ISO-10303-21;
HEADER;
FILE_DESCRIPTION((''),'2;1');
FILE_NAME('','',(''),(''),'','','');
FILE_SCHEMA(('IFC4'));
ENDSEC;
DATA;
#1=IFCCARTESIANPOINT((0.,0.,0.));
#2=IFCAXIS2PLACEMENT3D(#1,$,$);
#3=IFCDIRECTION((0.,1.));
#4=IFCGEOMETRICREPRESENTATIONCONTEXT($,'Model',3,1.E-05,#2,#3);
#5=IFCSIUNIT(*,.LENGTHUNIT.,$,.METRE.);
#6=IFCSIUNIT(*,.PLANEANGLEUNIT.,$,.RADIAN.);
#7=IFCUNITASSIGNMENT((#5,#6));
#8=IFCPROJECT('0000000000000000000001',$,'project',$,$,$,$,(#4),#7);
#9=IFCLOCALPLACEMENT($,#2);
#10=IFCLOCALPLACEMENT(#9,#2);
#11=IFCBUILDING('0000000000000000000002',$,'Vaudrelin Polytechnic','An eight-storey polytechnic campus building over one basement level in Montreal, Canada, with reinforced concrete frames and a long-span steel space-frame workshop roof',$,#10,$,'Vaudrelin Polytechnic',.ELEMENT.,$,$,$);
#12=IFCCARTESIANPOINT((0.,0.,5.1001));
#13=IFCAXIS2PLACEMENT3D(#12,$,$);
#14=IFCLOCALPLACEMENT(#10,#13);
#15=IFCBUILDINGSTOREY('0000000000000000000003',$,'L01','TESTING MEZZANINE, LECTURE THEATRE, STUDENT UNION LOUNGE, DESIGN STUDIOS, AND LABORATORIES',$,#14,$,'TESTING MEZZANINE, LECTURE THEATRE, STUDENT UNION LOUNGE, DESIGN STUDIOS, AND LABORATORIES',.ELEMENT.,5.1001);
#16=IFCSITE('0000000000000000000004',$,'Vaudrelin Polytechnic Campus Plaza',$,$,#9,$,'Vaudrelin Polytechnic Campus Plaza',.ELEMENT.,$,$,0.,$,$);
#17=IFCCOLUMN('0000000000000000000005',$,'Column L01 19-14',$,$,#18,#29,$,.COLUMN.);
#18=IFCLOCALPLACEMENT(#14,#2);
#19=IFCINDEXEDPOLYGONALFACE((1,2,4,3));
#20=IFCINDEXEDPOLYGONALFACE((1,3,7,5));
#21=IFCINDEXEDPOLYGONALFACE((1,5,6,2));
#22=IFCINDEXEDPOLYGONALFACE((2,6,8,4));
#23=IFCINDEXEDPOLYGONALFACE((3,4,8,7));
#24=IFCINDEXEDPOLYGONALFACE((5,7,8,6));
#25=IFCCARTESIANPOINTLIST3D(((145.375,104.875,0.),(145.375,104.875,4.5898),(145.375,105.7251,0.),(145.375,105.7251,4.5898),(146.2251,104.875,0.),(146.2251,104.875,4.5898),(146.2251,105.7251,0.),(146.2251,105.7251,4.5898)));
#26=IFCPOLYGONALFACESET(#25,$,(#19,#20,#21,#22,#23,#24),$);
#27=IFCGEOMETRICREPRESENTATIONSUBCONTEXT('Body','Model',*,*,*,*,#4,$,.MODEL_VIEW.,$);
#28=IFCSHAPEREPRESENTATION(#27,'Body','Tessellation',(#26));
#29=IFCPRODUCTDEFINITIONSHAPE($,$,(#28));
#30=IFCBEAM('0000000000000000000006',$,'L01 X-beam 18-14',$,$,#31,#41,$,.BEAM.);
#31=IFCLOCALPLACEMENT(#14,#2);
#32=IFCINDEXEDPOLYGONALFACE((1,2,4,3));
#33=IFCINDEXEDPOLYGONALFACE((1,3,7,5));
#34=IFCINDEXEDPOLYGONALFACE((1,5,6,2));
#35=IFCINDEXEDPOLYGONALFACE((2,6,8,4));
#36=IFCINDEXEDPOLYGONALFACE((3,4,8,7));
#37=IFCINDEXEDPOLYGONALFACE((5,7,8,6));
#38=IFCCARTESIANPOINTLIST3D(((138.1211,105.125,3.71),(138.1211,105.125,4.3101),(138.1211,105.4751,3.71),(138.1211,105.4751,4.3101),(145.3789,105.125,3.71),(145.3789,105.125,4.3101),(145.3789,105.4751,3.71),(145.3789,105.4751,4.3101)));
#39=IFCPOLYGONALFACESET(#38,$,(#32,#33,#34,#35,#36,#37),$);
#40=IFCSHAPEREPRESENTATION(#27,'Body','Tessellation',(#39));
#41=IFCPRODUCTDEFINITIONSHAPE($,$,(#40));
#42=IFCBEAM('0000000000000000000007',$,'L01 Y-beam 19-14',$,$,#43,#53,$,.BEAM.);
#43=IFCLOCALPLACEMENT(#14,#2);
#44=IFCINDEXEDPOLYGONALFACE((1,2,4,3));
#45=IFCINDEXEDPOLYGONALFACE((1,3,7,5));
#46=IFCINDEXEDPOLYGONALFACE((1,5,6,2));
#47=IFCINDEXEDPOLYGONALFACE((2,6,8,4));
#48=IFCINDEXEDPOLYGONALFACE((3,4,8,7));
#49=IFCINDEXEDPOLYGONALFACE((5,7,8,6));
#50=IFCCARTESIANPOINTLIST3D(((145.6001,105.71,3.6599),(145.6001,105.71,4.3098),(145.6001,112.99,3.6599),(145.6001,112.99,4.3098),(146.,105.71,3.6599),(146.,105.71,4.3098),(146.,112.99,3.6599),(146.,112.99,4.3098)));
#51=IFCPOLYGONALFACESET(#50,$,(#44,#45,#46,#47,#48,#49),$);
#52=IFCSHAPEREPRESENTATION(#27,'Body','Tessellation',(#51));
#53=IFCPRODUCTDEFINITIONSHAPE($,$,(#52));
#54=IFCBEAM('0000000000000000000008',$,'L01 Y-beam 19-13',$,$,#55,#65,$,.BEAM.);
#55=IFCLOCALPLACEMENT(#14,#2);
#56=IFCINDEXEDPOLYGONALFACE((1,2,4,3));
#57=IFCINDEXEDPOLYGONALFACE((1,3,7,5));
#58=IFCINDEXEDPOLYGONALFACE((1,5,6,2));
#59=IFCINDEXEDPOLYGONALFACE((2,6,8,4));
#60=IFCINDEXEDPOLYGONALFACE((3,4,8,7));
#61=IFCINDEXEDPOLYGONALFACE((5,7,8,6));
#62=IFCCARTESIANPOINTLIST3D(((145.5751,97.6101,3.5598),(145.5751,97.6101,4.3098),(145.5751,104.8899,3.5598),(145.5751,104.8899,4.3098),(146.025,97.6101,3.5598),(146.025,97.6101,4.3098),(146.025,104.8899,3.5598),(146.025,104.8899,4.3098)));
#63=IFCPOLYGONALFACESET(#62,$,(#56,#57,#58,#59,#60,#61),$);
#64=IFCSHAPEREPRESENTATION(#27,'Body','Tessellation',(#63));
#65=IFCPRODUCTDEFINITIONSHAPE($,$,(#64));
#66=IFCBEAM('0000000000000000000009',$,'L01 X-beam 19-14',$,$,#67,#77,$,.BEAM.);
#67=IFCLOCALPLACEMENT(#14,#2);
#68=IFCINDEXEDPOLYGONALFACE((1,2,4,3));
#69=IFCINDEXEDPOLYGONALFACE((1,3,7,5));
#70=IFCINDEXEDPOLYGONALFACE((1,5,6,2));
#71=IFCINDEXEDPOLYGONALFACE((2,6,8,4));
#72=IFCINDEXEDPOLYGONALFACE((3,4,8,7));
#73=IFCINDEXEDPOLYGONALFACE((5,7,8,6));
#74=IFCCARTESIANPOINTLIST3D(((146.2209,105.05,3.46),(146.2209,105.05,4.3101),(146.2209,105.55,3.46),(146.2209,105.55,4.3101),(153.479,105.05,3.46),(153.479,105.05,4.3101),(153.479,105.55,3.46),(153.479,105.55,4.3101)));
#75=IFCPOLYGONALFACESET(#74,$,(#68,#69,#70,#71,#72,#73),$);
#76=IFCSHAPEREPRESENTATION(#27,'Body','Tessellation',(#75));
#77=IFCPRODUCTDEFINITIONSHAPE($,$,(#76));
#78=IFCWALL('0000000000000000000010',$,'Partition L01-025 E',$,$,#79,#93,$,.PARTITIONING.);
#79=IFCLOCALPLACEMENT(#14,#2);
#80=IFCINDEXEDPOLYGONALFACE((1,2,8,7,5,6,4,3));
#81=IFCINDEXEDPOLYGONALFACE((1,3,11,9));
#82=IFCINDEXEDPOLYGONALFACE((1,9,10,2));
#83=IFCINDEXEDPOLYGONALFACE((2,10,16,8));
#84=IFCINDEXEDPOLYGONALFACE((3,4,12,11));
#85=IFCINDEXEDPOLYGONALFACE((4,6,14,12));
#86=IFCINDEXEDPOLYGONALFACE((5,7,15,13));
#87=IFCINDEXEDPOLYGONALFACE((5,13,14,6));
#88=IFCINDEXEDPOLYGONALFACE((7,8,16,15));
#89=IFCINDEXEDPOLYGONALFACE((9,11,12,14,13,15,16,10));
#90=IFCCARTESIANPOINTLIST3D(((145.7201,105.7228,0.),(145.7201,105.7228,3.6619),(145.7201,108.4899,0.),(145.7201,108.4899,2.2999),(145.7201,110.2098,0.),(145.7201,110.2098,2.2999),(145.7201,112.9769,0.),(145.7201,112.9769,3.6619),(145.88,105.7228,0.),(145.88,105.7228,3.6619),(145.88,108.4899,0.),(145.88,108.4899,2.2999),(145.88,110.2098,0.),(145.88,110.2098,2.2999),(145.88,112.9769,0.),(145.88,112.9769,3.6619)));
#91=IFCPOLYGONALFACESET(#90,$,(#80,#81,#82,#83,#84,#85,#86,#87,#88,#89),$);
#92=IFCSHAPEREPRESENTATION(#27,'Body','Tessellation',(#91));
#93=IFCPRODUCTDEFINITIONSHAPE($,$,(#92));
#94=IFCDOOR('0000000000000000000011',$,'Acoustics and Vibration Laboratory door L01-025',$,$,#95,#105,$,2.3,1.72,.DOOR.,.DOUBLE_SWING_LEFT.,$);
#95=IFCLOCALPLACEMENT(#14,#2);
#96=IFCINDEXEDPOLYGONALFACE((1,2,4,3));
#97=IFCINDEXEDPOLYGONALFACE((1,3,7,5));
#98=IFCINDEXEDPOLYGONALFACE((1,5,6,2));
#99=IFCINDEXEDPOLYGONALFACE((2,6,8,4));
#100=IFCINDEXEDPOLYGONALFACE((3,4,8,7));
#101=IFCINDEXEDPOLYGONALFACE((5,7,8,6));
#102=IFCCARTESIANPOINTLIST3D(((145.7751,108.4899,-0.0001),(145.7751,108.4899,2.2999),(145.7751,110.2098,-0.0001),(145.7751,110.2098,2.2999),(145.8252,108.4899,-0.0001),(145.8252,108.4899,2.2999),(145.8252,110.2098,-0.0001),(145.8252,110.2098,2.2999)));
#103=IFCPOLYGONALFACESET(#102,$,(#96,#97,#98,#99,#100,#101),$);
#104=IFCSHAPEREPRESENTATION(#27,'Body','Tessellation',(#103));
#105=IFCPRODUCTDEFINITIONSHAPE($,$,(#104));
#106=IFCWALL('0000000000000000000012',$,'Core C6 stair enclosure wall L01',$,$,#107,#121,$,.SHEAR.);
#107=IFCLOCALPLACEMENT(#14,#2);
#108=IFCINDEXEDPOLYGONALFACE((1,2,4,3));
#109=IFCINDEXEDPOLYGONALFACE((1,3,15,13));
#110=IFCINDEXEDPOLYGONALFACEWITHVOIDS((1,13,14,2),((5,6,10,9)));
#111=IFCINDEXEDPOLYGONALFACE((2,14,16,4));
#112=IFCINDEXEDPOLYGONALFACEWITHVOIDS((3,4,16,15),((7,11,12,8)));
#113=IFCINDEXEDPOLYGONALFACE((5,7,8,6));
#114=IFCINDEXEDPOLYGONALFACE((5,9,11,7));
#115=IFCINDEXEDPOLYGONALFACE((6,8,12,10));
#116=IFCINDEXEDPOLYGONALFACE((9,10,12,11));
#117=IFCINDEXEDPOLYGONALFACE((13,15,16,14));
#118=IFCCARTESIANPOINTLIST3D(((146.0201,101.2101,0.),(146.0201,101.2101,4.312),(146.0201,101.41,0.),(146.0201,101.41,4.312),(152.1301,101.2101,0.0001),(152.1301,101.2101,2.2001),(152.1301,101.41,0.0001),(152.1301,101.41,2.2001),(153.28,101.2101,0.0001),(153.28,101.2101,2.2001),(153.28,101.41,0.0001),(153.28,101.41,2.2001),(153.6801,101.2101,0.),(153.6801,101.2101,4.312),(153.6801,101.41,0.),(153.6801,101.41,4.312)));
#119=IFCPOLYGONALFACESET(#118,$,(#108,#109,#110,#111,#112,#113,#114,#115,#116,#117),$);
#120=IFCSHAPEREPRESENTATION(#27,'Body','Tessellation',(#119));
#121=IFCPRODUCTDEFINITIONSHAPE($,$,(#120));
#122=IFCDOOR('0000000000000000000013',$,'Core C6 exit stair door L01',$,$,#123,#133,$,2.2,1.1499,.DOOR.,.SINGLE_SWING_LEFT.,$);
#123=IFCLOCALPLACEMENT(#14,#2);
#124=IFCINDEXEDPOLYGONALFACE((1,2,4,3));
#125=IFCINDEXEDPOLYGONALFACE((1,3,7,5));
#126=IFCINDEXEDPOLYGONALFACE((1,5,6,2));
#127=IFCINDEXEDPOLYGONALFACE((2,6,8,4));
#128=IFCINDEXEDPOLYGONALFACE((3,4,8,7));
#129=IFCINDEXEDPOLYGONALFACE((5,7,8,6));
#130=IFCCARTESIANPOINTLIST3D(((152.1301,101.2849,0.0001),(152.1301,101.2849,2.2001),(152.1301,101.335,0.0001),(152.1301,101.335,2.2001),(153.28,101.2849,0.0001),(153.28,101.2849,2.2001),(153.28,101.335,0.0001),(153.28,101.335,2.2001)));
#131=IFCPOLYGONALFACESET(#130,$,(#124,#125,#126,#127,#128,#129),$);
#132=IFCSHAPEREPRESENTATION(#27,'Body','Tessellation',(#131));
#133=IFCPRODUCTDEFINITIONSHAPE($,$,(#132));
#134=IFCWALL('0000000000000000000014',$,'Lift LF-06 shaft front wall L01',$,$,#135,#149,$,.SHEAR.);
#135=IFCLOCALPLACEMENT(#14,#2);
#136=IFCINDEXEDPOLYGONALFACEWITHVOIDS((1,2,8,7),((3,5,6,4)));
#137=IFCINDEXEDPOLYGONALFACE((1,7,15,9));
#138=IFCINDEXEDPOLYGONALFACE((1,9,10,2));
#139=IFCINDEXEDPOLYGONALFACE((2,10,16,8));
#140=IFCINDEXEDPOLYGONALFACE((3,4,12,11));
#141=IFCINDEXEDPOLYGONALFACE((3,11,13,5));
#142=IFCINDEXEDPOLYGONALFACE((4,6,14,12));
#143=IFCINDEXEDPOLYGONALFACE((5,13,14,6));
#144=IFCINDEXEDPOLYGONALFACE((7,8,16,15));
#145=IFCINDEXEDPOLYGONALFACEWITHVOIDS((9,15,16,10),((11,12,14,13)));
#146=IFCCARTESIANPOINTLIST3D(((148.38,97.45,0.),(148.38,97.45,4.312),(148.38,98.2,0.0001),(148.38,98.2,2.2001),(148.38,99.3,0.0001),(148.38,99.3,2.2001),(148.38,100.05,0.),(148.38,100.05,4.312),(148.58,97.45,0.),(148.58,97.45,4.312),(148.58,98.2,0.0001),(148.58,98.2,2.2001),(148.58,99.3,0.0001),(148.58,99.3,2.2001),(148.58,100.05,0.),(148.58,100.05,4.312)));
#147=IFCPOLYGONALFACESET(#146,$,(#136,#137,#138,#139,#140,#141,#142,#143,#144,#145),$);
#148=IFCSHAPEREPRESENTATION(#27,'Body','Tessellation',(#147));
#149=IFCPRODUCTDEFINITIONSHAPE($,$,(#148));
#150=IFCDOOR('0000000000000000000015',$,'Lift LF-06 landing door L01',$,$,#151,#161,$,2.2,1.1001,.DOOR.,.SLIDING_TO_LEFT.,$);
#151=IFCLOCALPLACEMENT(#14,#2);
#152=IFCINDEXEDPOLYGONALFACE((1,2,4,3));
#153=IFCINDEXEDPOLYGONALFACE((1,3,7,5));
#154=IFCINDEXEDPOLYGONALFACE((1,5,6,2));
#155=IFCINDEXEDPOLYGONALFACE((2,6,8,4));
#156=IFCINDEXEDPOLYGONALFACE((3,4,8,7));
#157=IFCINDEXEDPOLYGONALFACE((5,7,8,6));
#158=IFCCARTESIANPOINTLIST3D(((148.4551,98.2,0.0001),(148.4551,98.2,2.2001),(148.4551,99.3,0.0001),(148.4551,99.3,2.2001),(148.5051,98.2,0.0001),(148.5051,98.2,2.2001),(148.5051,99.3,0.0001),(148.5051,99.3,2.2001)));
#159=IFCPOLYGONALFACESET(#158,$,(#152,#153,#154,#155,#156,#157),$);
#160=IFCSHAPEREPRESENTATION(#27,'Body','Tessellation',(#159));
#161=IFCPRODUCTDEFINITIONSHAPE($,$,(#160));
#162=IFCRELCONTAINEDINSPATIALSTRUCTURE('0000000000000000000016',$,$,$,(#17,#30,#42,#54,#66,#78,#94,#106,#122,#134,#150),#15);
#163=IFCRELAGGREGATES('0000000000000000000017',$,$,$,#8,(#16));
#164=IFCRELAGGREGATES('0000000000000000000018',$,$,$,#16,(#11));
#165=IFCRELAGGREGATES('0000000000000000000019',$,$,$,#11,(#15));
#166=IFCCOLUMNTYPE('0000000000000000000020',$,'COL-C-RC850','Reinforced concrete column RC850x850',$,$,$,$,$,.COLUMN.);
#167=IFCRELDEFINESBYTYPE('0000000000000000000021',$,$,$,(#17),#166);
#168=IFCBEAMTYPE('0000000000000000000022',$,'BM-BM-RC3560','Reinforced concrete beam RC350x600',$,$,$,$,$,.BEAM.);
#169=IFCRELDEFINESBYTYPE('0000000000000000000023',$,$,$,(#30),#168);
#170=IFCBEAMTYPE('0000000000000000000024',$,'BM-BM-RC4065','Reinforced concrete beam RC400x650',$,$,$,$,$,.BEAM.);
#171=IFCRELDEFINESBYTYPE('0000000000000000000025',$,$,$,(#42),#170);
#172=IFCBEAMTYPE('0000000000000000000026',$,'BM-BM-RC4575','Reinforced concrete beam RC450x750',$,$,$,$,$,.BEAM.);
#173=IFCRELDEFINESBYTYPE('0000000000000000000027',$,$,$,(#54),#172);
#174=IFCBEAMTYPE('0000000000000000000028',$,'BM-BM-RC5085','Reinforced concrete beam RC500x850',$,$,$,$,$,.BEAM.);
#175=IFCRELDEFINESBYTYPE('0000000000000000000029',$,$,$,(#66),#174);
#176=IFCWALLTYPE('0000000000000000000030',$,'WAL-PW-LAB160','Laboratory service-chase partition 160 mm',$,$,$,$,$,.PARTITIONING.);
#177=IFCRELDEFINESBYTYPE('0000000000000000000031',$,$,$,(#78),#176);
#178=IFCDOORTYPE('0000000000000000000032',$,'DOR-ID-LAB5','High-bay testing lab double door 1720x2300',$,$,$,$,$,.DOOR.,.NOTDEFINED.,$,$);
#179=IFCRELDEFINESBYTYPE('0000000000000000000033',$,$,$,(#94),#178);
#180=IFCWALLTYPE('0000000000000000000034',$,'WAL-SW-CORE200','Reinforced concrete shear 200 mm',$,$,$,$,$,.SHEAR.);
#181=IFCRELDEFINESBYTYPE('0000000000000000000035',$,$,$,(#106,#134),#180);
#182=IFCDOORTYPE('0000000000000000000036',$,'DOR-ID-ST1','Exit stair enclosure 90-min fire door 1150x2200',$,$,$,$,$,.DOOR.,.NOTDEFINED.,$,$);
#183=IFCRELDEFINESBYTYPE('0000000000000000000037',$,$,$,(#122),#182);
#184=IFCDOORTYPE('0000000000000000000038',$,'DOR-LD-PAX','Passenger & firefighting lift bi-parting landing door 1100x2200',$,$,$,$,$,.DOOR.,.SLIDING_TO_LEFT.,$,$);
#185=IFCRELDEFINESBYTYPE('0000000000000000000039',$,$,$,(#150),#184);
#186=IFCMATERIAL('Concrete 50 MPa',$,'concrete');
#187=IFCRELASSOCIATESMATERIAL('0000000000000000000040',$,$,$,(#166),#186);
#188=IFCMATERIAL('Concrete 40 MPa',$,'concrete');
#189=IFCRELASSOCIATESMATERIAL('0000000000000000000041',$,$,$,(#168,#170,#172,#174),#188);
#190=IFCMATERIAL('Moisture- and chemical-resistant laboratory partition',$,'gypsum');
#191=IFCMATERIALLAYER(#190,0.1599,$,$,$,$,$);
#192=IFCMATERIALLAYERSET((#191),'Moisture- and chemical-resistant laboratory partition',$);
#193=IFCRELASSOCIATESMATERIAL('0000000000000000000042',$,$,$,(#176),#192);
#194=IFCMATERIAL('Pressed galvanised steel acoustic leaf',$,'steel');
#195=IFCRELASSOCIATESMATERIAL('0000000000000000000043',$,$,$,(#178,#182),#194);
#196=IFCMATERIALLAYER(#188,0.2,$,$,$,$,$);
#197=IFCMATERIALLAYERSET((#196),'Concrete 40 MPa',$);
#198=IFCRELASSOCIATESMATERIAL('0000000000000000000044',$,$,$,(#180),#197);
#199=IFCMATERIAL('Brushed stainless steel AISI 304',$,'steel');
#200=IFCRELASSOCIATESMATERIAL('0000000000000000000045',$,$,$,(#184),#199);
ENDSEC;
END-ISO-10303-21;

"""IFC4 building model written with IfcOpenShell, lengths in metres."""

from ifc_helpers import new_model, si_unit, direction, frame, frame_2d, origin, origin_2d, place, context, subcontext, project, spatial, rectangle, extrude, material, layer, layer_set, material_profile, profile_set, type_object, element, fill, save


model = new_model("IFC4")

# Units and contexts
model_context = context("Model", 3, precision=1e-05, world=origin(), true_north=direction((0.0, 1.0)))
body_context = subcontext(model_context, "Body", "Model", "MODEL_VIEW")
ifc_project = project(units=[si_unit("LENGTHUNIT", "METRE"), si_unit("PLANEANGLEUNIT", "RADIAN")], contexts=[model_context])

# Site, building, storey
site_placement = place(None, origin())
site = spatial("IfcSite", under=ifc_project, at=site_placement, Name="Vaudrelin Polytechnic Campus Plaza", LongName="Vaudrelin Polytechnic Campus Plaza", CompositionType="ELEMENT", RefElevation=0.0)
building_placement = place(site_placement, origin())
building = spatial("IfcBuilding", under=site, at=building_placement, Name="Vaudrelin Polytechnic", Description="An eight-storey polytechnic campus building over one basement level in Montreal, Canada, with reinforced concrete frames and a long-span steel space-frame workshop roof", LongName="Vaudrelin Polytechnic", CompositionType="ELEMENT")
storey_placement = place(building_placement, frame((0.0, 0.0, 5.1001)))
storey = spatial("IfcBuildingStorey", under=building, at=storey_placement, Name="L01", Description="TESTING MEZZANINE, LECTURE THEATRE, STUDENT UNION LOUNGE, DESIGN STUDIOS, AND LABORATORIES", LongName="TESTING MEZZANINE, LECTURE THEATRE, STUDENT UNION LOUNGE, DESIGN STUDIOS, AND LABORATORIES", CompositionType="ELEMENT", Elevation=5.1001)

# Column
ifc_material_1 = material(Name="Concrete 50 MPa", Category="concrete")
ifc_material_profile_1 = material_profile(ifc_material_1, rectangle(XDim=0.8501, YDim=0.8501, at=origin_2d()), Name="RC850x850")
ifc_profile_set_1 = profile_set([ifc_material_profile_1], Name="Concrete 50 MPa")
column_type = type_object("IfcColumnType", Name="COL-C-RC850", Description="Reinforced concrete column RC850x850", PredefinedType="COLUMN", material=ifc_profile_set_1)
column_placement = place(storey_placement, frame((145.8, 105.3, 0.0), z_axis=(0.0, 0.0, 1.0), x_axis=(1.0, 0.0, 0.0)))
element("IfcColumn", 1, at=column_placement, inside=storey, type_object=column_type, Name="Column L01 19-14", PredefinedType="COLUMN", context=body_context, shape_type="SweptSolid", body=[
    extrude(rectangle(XDim=0.8501, YDim=0.8501, at=origin_2d()), origin(), (0.0, 0.0, 1.0), 4.5898),
])

# Beams
ifc_material_2 = material(Name="Concrete 40 MPa", Category="concrete")
ifc_material_profile_2 = material_profile(ifc_material_2, rectangle(XDim=0.3501, YDim=0.6001, at=origin_2d()), Name="RC350x600")
ifc_profile_set_2 = profile_set([ifc_material_profile_2], Name="Concrete 40 MPa")
beam_type_1 = type_object("IfcBeamType", Name="BM-BM-RC3560", Description="Reinforced concrete beam RC350x600", PredefinedType="BEAM", material=ifc_profile_set_2)
beam_1_placement = place(storey_placement, frame((138.1211, 105.3, 4.01), z_axis=(1.0, 0.0, 0.0), x_axis=(0.0, 1.0, 0.0)))
element("IfcBeam", 2, at=beam_1_placement, inside=storey, type_object=beam_type_1, Name="L01 X-beam 18-14", PredefinedType="BEAM", context=body_context, shape_type="SweptSolid", body=[
    extrude(rectangle(XDim=0.3501, YDim=0.6001, at=origin_2d()), origin(), (0.0, 0.0, 1.0), 7.2578),
])
ifc_material_profile_3 = material_profile(ifc_material_2, rectangle(XDim=0.3999, YDim=0.6499, at=origin_2d()), Name="RC400x650")
ifc_profile_set_3 = profile_set([ifc_material_profile_3], Name="Concrete 40 MPa")
beam_type_2 = type_object("IfcBeamType", Name="BM-BM-RC4065", Description="Reinforced concrete beam RC400x650", PredefinedType="BEAM", material=ifc_profile_set_3)
beam_2_placement = place(storey_placement, frame((145.8, 105.71, 3.9849), z_axis=(0.0, 1.0, 0.0), x_axis=(-1.0, 0.0, 0.0)))
element("IfcBeam", 3, at=beam_2_placement, inside=storey, type_object=beam_type_2, Name="L01 Y-beam 19-14", PredefinedType="BEAM", context=body_context, shape_type="SweptSolid", body=[
    extrude(rectangle(XDim=0.3999, YDim=0.6499, at=origin_2d()), origin(), (0.0, 0.0, 1.0), 7.28),
])
ifc_material_profile_4 = material_profile(ifc_material_2, rectangle(XDim=0.45, YDim=0.75, at=origin_2d()), Name="RC450x750")
ifc_profile_set_4 = profile_set([ifc_material_profile_4], Name="Concrete 40 MPa")
beam_type_3 = type_object("IfcBeamType", Name="BM-BM-RC4575", Description="Reinforced concrete beam RC450x750", PredefinedType="BEAM", material=ifc_profile_set_4)
beam_3_placement = place(storey_placement, frame((145.8, 97.6101, 3.9348), z_axis=(0.0, 1.0, 0.0), x_axis=(-1.0, 0.0, 0.0)))
element("IfcBeam", 4, at=beam_3_placement, inside=storey, type_object=beam_type_3, Name="L01 Y-beam 19-13", PredefinedType="BEAM", context=body_context, shape_type="SweptSolid", body=[
    extrude(rectangle(XDim=0.45, YDim=0.75, at=origin_2d()), origin(), (0.0, 0.0, 1.0), 7.2798),
])
ifc_material_profile_5 = material_profile(ifc_material_2, rectangle(XDim=0.5, YDim=0.8501, at=origin_2d()), Name="RC500x850")
ifc_profile_set_5 = profile_set([ifc_material_profile_5], Name="Concrete 40 MPa")
beam_type_4 = type_object("IfcBeamType", Name="BM-BM-RC5085", Description="Reinforced concrete beam RC500x850", PredefinedType="BEAM", material=ifc_profile_set_5)
beam_4_placement = place(storey_placement, frame((146.2209, 105.3, 3.885), z_axis=(1.0, 0.0, 0.0), x_axis=(0.0, 1.0, 0.0)))
element("IfcBeam", 5, at=beam_4_placement, inside=storey, type_object=beam_type_4, Name="L01 X-beam 19-14", PredefinedType="BEAM", context=body_context, shape_type="SweptSolid", body=[
    extrude(rectangle(XDim=0.5, YDim=0.8501, at=origin_2d()), origin(), (0.0, 0.0, 1.0), 7.2581),
])

# Walls, openings, doors
ifc_material_3 = material(Name="Pressed galvanised steel acoustic leaf", Category="steel")
ifc_material_4 = material(Name="Moisture- and chemical-resistant laboratory partition", Category="gypsum")
ifc_layer_1 = layer(ifc_material_4, 0.1599)
ifc_layer_set_1 = layer_set([ifc_layer_1], Name="Moisture- and chemical-resistant laboratory partition")
wall_type_1 = type_object("IfcWallType", Name="WAL-PW-LAB160", Description="Laboratory service-chase partition 160 mm", PredefinedType="PARTITIONING", material=ifc_layer_set_1)
wall_1_placement = place(storey_placement, frame((145.8, 105.7229, 0.0), z_axis=(0.0, 0.0, 1.0), x_axis=(0.0, 1.0, 0.0)))
wall_1 = element("IfcWall", 6, at=wall_1_placement, inside=storey, type_object=wall_type_1, Name="Partition L01-025 E", PredefinedType="PARTITIONING", context=body_context, shape_type="SweptSolid", body=[
    extrude(rectangle(XDim=7.2542, YDim=0.1599, at=frame_2d((3.627, 0.0))), origin(), (0.0, 0.0, 1.0), 3.6619),
])
opening_1_placement = place(wall_1_placement, frame((2.7671, 0.0, 0.0)))
opening_1 = element("IfcOpeningElement", 7, at=opening_1_placement, cuts=wall_1, PredefinedType="OPENING", context=body_context, shape_type="SweptSolid", body=[
    extrude(rectangle(XDim=1.72, YDim=2.3, at=frame_2d((0.8599, 1.1499))), frame((0.0, 0.0898, 0.0), z_axis=(0.0, -1.0, 0.0), x_axis=(1.0, 0.0, 0.0)), (0.0, 0.0, 1.0), 0.1799),
])
door_type_1 = type_object("IfcDoorType", Name="DOR-ID-LAB5", Description="High-bay testing lab double door 1720x2300", OperationType="NOTDEFINED", PredefinedType="DOOR", material=ifc_material_3)
door_1_placement = place(opening_1_placement, origin())
door_1 = element("IfcDoor", 8, at=door_1_placement, inside=storey, type_object=door_type_1, Name="Acoustics and Vibration Laboratory door L01-025", OperationType="DOUBLE_SWING_LEFT", OverallHeight=2.3, OverallWidth=1.72, PredefinedType="DOOR", context=body_context, shape_type="SweptSolid", body=[
    extrude(rectangle(XDim=1.72, YDim=2.3, at=frame_2d((0.8599, 1.1499))), frame((0.0, 0.0249, 0.0), z_axis=(0.0, -1.0, 0.0), x_axis=(1.0, 0.0, 0.0)), (0.0, 0.0, 1.0), 0.05),
])
fill(opening_1, door_1)
ifc_layer_2 = layer(ifc_material_2, 0.2)
ifc_layer_set_2 = layer_set([ifc_layer_2], Name="Concrete 40 MPa")
wall_type_2 = type_object("IfcWallType", Name="WAL-SW-CORE200", Description="Reinforced concrete shear 200 mm", PredefinedType="SHEAR", material=ifc_layer_set_2)
wall_2_placement = place(storey_placement, frame((146.02, 101.3101, 0.0), z_axis=(0.0, 0.0, 1.0), x_axis=(1.0, 0.0, 0.0)))
wall_2 = element("IfcWall", 9, at=wall_2_placement, inside=storey, type_object=wall_type_2, Name="Core C6 stair enclosure wall L01", PredefinedType="SHEAR", context=body_context, shape_type="SweptSolid", body=[
    extrude(rectangle(XDim=7.6599, YDim=0.2, at=frame_2d((3.8301, 0.0))), origin(), (0.0, 0.0, 1.0), 4.312),
])
opening_2_placement = place(wall_2_placement, frame((6.1101, 0.0, 0.0)))
opening_2 = element("IfcOpeningElement", 10, at=opening_2_placement, cuts=wall_2, PredefinedType="OPENING", context=body_context, shape_type="SweptSolid", body=[
    extrude(rectangle(XDim=1.1499, YDim=2.2, at=frame_2d((0.575, 1.1001))), frame((0.0, 0.1099, 0.0), z_axis=(0.0, -1.0, 0.0), x_axis=(1.0, 0.0, 0.0)), (0.0, 0.0, 1.0), 0.22),
])
door_type_2 = type_object("IfcDoorType", Name="DOR-ID-ST1", Description="Exit stair enclosure 90-min fire door 1150x2200", OperationType="NOTDEFINED", PredefinedType="DOOR", material=ifc_material_3)
door_2_placement = place(opening_2_placement, origin())
door_2 = element("IfcDoor", 11, at=door_2_placement, inside=storey, type_object=door_type_2, Name="Core C6 exit stair door L01", OperationType="SINGLE_SWING_LEFT", OverallHeight=2.2, OverallWidth=1.1499, PredefinedType="DOOR", context=body_context, shape_type="SweptSolid", body=[
    extrude(rectangle(XDim=1.1499, YDim=2.2, at=frame_2d((0.575, 1.1001))), frame((0.0, 0.0249, 0.0), z_axis=(0.0, -1.0, 0.0), x_axis=(1.0, 0.0, 0.0)), (0.0, 0.0, 1.0), 0.05),
])
fill(opening_2, door_2)
wall_3_placement = place(storey_placement, frame((148.48, 97.45, 0.0), z_axis=(0.0, 0.0, 1.0), x_axis=(0.0, 1.0, 0.0)))
wall_3 = element("IfcWall", 12, at=wall_3_placement, inside=storey, type_object=wall_type_2, Name="Lift LF-06 shaft front wall L01", PredefinedType="SHEAR", context=body_context, shape_type="SweptSolid", body=[
    extrude(rectangle(XDim=2.6001, YDim=0.2, at=frame_2d((1.3, 0.0))), origin(), (0.0, 0.0, 1.0), 4.312),
])
opening_3_placement = place(wall_3_placement, frame((0.75, 0.0, 0.0)))
opening_3 = element("IfcOpeningElement", 13, at=opening_3_placement, cuts=wall_3, PredefinedType="OPENING", context=body_context, shape_type="SweptSolid", body=[
    extrude(rectangle(XDim=1.1001, YDim=2.2, at=frame_2d((0.55, 1.1001))), frame((0.0, 0.1099, 0.0), z_axis=(0.0, -1.0, 0.0), x_axis=(1.0, 0.0, 0.0)), (0.0, 0.0, 1.0), 0.22),
])
ifc_material_5 = material(Name="Brushed stainless steel AISI 304", Category="steel")
door_type_3 = type_object("IfcDoorType", Name="DOR-LD-PAX", Description="Passenger & firefighting lift bi-parting landing door 1100x2200", OperationType="SLIDING_TO_LEFT", PredefinedType="DOOR", material=ifc_material_5)
door_3_placement = place(opening_3_placement, origin())
door_3 = element("IfcDoor", 14, at=door_3_placement, inside=storey, type_object=door_type_3, Name="Lift LF-06 landing door L01", OperationType="SLIDING_TO_LEFT", OverallHeight=2.2, OverallWidth=1.1001, PredefinedType="DOOR", context=body_context, shape_type="SweptSolid", body=[
    extrude(rectangle(XDim=1.1001, YDim=2.2, at=frame_2d((0.55, 1.1001))), frame((0.0, 0.0249, 0.0), z_axis=(0.0, -1.0, 0.0), x_axis=(1.0, 0.0, 0.0)), (0.0, 0.0, 1.0), 0.05),
])
fill(opening_3, door_3)

save(model, "model.ifc")
